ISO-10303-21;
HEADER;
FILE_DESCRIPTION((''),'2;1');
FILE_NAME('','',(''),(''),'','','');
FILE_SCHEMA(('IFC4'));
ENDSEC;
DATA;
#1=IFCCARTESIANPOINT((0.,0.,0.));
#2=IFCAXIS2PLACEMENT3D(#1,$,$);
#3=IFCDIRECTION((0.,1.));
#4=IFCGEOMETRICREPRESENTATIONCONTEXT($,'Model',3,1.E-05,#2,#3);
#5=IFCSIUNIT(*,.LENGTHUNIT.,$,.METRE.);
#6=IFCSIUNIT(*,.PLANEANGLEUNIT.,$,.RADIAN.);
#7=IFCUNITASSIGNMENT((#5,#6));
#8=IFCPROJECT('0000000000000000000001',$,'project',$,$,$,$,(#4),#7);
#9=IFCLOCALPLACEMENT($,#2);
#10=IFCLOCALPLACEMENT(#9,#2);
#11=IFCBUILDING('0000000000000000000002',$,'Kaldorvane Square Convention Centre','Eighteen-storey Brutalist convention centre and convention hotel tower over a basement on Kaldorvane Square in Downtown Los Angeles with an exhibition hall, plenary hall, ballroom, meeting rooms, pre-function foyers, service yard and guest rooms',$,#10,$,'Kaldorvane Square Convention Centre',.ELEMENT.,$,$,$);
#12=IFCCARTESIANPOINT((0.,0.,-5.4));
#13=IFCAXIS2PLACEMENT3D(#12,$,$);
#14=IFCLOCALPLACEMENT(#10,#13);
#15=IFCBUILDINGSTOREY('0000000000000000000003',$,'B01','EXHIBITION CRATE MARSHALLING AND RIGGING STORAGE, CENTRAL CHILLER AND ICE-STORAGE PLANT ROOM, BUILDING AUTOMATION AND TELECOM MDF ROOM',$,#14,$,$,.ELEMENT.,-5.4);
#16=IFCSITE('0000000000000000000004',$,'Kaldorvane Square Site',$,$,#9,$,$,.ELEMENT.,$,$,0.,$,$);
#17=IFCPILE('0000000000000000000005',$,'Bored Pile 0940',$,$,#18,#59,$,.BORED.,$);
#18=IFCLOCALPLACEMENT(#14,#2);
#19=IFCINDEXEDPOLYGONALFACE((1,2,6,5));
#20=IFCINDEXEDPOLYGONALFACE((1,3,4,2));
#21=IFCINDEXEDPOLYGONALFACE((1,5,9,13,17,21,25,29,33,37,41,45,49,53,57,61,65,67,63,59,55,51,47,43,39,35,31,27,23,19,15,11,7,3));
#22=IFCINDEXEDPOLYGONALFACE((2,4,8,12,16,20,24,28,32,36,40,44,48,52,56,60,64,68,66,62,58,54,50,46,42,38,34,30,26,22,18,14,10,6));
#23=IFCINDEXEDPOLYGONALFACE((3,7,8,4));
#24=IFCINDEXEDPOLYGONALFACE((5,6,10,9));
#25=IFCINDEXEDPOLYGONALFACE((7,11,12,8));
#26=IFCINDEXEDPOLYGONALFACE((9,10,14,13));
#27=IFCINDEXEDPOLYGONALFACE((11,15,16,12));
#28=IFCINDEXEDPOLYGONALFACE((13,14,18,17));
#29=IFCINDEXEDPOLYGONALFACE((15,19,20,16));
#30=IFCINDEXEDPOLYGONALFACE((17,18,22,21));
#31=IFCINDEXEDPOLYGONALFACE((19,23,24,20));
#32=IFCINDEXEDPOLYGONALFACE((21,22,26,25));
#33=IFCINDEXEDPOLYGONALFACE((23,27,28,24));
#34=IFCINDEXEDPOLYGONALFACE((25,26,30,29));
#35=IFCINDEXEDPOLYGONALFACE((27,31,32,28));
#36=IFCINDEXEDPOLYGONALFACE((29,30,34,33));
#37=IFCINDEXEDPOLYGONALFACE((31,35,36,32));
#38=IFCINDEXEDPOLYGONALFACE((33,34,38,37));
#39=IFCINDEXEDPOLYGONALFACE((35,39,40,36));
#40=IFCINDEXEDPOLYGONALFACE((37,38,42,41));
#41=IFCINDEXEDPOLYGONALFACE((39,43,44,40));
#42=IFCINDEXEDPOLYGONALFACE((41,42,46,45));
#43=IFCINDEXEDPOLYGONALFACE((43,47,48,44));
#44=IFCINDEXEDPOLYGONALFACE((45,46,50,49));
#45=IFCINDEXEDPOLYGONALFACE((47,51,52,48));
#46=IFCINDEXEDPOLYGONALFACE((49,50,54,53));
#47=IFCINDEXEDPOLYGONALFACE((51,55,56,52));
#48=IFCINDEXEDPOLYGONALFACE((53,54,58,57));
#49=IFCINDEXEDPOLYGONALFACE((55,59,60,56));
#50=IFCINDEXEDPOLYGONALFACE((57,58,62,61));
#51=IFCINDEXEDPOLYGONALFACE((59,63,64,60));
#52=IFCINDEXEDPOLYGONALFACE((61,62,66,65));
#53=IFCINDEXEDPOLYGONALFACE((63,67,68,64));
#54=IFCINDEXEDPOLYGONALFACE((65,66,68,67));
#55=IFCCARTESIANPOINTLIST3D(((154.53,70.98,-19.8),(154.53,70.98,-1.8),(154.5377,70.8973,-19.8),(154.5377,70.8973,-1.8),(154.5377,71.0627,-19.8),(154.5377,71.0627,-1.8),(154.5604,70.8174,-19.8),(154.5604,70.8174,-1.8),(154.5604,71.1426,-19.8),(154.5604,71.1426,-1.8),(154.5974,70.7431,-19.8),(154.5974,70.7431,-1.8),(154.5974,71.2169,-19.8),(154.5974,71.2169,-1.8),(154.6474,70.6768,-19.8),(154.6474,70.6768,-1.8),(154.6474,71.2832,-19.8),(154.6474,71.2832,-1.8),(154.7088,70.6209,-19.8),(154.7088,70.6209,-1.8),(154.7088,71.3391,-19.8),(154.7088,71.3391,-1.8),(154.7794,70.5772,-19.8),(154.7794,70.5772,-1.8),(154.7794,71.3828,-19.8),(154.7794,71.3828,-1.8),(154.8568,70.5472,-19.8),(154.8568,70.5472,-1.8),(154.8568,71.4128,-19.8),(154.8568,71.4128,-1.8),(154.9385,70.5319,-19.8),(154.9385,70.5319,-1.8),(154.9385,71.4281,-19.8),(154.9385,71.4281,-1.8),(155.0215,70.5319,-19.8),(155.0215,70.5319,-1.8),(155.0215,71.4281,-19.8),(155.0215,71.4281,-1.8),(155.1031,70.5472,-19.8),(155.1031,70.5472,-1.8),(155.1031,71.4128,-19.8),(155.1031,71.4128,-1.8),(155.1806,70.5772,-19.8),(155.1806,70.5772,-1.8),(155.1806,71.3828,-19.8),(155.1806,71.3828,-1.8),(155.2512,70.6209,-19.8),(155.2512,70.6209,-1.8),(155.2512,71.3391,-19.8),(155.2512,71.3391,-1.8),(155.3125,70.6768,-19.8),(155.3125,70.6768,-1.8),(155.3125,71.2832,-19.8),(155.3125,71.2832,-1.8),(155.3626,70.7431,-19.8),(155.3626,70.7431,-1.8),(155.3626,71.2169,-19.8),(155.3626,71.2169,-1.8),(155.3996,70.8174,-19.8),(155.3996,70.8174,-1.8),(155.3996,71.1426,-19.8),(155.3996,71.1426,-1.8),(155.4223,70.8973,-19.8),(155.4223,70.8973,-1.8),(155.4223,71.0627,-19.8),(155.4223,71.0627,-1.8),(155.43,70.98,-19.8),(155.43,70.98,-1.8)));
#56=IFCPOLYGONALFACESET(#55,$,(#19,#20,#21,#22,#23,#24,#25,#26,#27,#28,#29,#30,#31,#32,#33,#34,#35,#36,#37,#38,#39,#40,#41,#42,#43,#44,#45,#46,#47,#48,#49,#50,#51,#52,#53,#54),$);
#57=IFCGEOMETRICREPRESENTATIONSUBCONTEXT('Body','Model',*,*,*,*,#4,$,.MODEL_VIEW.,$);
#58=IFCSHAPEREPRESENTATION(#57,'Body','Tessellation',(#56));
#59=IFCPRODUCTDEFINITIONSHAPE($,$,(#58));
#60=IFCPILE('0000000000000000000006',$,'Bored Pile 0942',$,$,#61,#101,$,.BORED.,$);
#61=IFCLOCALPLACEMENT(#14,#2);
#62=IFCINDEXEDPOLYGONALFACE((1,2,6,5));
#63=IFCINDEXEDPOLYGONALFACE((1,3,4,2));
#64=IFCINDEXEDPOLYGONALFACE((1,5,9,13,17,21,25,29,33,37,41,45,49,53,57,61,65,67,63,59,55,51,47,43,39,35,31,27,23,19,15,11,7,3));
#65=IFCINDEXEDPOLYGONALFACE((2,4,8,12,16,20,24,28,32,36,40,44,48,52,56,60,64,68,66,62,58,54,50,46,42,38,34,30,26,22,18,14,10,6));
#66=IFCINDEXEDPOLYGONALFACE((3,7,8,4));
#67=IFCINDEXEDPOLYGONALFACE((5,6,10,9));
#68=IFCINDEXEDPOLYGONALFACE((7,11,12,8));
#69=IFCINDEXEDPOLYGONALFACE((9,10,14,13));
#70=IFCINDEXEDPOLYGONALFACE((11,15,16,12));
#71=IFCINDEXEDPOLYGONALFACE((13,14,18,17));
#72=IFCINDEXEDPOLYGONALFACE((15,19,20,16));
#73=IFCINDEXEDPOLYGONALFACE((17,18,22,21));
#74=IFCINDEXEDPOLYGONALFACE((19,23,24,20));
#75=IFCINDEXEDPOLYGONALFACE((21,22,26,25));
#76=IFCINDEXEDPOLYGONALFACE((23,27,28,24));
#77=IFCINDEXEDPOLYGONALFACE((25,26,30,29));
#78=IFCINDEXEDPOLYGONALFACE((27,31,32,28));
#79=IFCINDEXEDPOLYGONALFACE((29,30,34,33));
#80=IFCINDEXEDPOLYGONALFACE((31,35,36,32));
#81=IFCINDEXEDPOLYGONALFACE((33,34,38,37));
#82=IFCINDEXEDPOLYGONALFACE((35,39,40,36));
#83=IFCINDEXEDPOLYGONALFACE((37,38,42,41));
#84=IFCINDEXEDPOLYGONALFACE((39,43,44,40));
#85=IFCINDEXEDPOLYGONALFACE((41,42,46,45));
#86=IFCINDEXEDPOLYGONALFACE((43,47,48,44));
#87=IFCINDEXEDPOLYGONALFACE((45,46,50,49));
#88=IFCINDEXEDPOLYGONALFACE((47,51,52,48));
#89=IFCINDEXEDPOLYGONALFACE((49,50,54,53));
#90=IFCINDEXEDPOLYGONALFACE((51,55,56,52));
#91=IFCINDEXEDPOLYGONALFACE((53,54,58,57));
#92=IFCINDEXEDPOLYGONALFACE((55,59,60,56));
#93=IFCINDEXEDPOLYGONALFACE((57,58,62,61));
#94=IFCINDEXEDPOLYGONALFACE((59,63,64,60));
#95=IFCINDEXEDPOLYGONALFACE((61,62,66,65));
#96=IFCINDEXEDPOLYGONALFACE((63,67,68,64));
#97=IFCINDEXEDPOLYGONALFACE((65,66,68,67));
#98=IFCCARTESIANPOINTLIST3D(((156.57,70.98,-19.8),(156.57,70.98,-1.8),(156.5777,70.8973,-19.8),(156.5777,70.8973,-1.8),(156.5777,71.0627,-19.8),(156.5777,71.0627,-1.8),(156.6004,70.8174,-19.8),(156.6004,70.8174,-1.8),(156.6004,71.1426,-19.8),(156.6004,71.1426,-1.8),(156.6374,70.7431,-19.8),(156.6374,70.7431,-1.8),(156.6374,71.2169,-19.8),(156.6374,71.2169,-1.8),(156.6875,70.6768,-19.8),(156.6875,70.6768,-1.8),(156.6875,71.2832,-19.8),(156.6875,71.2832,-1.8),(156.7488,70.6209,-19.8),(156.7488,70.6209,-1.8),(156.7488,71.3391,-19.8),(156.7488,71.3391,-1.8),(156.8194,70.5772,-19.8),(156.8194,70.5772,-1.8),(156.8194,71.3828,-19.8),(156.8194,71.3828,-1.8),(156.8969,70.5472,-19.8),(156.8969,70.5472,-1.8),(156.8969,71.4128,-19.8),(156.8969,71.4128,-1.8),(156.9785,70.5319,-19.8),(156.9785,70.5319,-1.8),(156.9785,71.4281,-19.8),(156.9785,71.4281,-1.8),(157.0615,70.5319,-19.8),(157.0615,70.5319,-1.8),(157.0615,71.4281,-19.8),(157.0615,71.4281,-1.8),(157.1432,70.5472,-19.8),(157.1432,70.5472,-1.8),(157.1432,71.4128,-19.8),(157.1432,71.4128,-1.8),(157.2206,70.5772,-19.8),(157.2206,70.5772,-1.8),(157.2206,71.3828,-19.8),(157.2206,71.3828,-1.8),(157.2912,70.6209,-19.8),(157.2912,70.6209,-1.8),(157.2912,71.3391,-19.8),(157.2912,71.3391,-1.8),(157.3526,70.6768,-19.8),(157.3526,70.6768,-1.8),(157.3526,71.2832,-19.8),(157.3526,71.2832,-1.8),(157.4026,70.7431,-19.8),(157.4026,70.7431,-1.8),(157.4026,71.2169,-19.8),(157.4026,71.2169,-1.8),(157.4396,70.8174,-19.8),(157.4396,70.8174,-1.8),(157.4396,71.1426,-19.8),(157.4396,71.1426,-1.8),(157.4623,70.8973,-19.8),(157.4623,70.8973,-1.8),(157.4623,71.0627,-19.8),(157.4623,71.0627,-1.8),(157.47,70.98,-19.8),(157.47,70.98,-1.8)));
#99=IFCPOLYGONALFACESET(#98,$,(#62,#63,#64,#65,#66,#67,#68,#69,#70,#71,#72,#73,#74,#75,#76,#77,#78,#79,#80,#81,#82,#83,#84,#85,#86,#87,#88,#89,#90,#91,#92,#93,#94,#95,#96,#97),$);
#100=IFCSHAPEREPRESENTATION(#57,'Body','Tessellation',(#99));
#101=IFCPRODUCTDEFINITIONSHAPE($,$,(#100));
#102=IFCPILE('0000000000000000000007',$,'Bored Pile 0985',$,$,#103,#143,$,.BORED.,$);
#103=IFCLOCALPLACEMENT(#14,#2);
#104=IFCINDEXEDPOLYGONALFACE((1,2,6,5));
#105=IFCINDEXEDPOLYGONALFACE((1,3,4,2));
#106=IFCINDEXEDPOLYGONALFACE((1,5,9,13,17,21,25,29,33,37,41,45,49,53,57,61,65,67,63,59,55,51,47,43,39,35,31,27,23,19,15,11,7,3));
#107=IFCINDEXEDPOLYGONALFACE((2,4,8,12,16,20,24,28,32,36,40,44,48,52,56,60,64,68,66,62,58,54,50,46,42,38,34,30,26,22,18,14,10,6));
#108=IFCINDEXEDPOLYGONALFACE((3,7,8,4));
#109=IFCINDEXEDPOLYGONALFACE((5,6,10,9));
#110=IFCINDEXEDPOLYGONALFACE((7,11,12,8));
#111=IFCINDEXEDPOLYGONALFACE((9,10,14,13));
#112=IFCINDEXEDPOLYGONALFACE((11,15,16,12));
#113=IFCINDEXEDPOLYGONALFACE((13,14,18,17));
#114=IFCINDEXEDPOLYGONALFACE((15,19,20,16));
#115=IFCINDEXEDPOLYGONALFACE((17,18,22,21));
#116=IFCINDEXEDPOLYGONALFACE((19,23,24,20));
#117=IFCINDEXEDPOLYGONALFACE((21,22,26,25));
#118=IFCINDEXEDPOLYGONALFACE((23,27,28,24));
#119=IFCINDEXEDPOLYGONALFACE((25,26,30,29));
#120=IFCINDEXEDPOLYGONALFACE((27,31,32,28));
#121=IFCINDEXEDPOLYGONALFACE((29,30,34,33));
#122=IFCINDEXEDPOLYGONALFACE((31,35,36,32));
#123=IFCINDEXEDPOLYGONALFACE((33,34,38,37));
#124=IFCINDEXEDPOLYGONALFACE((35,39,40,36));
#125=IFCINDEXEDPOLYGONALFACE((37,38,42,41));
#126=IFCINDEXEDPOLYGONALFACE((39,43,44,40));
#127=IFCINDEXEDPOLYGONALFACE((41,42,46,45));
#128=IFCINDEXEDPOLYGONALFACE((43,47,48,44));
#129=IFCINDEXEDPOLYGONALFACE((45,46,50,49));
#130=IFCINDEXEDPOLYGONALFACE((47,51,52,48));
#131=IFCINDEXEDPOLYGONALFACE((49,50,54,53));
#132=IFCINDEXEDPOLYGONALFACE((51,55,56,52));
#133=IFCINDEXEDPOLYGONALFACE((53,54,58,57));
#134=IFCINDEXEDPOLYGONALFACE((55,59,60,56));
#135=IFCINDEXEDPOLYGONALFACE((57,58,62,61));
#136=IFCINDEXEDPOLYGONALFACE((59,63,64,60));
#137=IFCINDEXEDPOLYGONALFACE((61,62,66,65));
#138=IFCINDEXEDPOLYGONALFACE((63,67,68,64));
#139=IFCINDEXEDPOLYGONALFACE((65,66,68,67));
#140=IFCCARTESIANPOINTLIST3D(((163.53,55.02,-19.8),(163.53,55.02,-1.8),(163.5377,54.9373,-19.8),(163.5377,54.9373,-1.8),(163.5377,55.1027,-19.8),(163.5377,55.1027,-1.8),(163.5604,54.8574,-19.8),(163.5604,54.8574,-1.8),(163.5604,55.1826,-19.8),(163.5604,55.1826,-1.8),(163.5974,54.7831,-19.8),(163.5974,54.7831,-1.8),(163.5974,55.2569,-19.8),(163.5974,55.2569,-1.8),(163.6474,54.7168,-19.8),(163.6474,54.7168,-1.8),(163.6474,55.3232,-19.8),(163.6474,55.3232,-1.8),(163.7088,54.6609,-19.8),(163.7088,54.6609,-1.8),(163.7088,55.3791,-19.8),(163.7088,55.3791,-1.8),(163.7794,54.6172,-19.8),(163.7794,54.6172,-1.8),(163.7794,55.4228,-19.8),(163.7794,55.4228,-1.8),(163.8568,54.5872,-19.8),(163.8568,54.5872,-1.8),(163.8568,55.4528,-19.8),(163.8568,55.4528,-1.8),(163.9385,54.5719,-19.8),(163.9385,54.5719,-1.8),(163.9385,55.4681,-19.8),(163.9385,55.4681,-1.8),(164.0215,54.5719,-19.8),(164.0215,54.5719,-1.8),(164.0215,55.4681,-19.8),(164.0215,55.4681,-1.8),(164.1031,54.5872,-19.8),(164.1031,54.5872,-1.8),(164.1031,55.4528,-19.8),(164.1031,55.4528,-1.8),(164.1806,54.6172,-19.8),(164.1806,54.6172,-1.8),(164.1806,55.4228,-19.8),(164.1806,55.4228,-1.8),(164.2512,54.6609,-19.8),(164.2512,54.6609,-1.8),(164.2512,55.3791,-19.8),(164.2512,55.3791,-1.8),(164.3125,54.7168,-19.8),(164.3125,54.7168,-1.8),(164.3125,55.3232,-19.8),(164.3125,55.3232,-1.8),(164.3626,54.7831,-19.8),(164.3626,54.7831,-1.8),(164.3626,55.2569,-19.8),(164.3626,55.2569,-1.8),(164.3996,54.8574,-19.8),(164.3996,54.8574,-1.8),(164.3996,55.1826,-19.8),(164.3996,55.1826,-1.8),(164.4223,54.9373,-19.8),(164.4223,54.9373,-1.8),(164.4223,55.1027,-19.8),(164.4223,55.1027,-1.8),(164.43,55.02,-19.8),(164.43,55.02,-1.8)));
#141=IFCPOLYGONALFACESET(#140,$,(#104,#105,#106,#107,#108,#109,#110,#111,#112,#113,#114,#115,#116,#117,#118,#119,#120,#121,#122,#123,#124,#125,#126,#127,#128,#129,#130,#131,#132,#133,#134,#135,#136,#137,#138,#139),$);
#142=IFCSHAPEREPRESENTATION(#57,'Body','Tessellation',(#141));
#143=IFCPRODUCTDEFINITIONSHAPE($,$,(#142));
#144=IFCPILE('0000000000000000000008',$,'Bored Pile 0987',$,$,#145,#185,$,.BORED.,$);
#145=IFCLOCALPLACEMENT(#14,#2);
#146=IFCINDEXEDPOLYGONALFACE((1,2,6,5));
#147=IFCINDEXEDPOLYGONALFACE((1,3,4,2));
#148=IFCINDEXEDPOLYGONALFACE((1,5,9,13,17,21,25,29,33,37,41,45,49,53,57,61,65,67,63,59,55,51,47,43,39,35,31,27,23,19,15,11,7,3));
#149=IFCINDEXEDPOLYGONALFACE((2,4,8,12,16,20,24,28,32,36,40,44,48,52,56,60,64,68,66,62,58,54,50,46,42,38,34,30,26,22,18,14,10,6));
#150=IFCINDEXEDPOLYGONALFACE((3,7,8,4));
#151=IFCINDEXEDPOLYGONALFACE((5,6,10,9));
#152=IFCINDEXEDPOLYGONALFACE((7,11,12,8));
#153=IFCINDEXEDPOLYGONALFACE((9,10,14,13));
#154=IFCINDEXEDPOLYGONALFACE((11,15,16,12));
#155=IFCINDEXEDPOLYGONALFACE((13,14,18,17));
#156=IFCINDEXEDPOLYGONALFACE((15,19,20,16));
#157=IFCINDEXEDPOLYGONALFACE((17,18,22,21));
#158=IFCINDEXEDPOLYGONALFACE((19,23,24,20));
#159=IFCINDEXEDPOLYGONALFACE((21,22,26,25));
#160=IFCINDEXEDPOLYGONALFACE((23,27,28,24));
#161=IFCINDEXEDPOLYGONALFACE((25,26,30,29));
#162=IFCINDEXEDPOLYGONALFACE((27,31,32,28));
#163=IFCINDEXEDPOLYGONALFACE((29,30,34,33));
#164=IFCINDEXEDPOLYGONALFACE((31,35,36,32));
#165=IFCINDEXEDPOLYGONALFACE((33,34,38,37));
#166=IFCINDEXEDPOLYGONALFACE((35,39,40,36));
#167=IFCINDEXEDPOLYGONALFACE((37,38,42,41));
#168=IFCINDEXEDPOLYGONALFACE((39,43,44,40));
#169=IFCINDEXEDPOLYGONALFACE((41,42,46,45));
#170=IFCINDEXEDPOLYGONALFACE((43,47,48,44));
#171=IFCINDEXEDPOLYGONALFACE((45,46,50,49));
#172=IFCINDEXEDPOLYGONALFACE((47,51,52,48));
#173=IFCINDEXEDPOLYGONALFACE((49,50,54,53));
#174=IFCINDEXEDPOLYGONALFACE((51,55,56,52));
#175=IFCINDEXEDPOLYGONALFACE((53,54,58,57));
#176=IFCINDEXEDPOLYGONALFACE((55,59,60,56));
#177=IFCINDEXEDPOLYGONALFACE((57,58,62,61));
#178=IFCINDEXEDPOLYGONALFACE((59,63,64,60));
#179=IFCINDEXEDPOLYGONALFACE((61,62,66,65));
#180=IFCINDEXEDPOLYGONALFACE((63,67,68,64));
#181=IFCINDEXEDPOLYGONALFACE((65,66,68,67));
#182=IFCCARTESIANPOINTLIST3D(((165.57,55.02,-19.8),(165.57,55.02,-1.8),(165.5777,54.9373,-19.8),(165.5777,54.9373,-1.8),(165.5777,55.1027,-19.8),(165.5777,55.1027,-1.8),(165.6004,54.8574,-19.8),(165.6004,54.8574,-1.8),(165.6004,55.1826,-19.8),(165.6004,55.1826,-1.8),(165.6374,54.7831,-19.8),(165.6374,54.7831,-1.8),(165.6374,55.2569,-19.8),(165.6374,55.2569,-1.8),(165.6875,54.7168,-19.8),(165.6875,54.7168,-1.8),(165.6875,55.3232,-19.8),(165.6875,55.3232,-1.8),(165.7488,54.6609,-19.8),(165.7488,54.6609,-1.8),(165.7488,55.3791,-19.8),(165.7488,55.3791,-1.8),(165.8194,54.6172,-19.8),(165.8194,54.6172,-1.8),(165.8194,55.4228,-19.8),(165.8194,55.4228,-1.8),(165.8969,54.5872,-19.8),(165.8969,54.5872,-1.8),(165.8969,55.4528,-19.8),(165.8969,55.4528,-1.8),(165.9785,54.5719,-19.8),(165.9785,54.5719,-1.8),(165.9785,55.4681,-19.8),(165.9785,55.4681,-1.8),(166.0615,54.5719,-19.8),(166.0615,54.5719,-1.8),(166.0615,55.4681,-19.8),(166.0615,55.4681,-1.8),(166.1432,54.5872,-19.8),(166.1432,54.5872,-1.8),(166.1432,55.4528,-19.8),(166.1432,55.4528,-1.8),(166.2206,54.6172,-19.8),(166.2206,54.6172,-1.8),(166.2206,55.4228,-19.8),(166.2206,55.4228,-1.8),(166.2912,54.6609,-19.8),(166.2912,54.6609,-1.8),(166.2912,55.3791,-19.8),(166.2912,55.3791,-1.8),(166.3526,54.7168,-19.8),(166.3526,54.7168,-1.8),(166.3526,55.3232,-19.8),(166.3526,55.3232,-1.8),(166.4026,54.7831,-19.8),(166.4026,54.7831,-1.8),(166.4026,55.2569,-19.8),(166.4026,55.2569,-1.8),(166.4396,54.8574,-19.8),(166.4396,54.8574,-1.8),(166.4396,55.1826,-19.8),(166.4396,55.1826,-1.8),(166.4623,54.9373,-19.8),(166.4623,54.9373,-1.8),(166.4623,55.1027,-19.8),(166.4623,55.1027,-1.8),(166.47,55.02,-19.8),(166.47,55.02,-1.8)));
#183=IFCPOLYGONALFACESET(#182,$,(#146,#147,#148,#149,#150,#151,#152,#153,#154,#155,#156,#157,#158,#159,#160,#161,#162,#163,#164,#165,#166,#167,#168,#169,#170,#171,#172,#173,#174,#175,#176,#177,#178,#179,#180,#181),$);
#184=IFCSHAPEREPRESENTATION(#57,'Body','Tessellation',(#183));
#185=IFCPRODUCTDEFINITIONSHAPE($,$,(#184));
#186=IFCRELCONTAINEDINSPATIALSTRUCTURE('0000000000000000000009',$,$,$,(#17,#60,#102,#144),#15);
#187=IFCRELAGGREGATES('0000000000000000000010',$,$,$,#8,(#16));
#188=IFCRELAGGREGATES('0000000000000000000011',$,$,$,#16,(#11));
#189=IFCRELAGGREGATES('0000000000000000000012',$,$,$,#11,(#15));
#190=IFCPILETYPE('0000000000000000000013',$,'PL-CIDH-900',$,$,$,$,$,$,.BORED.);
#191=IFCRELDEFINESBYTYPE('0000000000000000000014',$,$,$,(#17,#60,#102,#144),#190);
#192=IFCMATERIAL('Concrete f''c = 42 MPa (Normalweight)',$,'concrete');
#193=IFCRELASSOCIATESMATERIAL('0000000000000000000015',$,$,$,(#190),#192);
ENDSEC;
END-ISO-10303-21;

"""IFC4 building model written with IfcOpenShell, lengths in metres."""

from ifc_helpers import new_model, si_unit, direction, frame, origin, origin_2d, place, context, subcontext, project, spatial, circle, extrude, material, material_profile, profile_set, type_object, element, save


model = new_model("IFC4")

# Units and contexts
model_context = context("Model", 3, precision=1e-05, world=origin(), true_north=direction((0.0, 1.0)))
body_context = subcontext(model_context, "Body", "Model", "MODEL_VIEW")
ifc_project = project(units=[si_unit("LENGTHUNIT", "METRE"), si_unit("PLANEANGLEUNIT", "RADIAN")], contexts=[model_context])

# Site, building, storey
site_placement = place(None, origin())
site = spatial("IfcSite", under=ifc_project, at=site_placement, Name="Kaldorvane Square Site", CompositionType="ELEMENT", RefElevation=0.0)
building_placement = place(site_placement, origin())
building = spatial("IfcBuilding", under=site, at=building_placement, Name="Kaldorvane Square Convention Centre", Description="Eighteen-storey Brutalist convention centre and convention hotel tower over a basement on Kaldorvane Square in Downtown Los Angeles with an exhibition hall, plenary hall, ballroom, meeting rooms, pre-function foyers, service yard and guest rooms", LongName="Kaldorvane Square Convention Centre", CompositionType="ELEMENT")
storey_placement = place(building_placement, frame((0.0, 0.0, -5.4)))
storey = spatial("IfcBuildingStorey", under=building, at=storey_placement, Name="B01", Description="EXHIBITION CRATE MARSHALLING AND RIGGING STORAGE, CENTRAL CHILLER AND ICE-STORAGE PLANT ROOM, BUILDING AUTOMATION AND TELECOM MDF ROOM", CompositionType="ELEMENT", Elevation=-5.4)

# Shared definitions
ifc_material_1 = material(Name="Concrete f'c = 42 MPa (Normalweight)", Category="concrete")

# Piles
ifc_material_profile_1 = material_profile(ifc_material_1, circle(Radius=0.45, at=origin_2d()), Name="PILE-D900")
ifc_profile_set_1 = profile_set([ifc_material_profile_1], Name="Concrete f'c = 42 MPa (Normalweight)")
pile_type_1 = type_object("IfcPileType", Name="PL-CIDH-900", PredefinedType="BORED", material=ifc_profile_set_1)
for number, where, z_axis, x_axis, name in (
    (1, (154.98, 70.98, -1.8), (0.0, 0.0, -1.0), (1.0, 0.0, 0.0), "Bored Pile 0940"),
    (2, (157.02, 70.98, -1.8), (0.0, 0.0, -1.0), (1.0, 0.0, 0.0), "Bored Pile 0942"),
    (3, (163.98, 55.02, -1.8), (0.0, 0.0, -1.0), (1.0, 0.0, 0.0), "Bored Pile 0985"),
    (4, (166.02, 55.02, -1.8), (0.0, 0.0, -1.0), (1.0, 0.0, 0.0), "Bored Pile 0987"),
):
    element("IfcPile", number, at=place(storey_placement, frame(where, z_axis=z_axis, x_axis=x_axis)), inside=storey, type_object=pile_type_1, Name=name, PredefinedType="BORED", context=body_context, shape_type="SweptSolid", body=[
        extrude(circle(Radius=0.45, at=origin_2d()), origin(), (0.0, 0.0, 1.0), 18.0),
    ])

save(model, "model.ifc")
